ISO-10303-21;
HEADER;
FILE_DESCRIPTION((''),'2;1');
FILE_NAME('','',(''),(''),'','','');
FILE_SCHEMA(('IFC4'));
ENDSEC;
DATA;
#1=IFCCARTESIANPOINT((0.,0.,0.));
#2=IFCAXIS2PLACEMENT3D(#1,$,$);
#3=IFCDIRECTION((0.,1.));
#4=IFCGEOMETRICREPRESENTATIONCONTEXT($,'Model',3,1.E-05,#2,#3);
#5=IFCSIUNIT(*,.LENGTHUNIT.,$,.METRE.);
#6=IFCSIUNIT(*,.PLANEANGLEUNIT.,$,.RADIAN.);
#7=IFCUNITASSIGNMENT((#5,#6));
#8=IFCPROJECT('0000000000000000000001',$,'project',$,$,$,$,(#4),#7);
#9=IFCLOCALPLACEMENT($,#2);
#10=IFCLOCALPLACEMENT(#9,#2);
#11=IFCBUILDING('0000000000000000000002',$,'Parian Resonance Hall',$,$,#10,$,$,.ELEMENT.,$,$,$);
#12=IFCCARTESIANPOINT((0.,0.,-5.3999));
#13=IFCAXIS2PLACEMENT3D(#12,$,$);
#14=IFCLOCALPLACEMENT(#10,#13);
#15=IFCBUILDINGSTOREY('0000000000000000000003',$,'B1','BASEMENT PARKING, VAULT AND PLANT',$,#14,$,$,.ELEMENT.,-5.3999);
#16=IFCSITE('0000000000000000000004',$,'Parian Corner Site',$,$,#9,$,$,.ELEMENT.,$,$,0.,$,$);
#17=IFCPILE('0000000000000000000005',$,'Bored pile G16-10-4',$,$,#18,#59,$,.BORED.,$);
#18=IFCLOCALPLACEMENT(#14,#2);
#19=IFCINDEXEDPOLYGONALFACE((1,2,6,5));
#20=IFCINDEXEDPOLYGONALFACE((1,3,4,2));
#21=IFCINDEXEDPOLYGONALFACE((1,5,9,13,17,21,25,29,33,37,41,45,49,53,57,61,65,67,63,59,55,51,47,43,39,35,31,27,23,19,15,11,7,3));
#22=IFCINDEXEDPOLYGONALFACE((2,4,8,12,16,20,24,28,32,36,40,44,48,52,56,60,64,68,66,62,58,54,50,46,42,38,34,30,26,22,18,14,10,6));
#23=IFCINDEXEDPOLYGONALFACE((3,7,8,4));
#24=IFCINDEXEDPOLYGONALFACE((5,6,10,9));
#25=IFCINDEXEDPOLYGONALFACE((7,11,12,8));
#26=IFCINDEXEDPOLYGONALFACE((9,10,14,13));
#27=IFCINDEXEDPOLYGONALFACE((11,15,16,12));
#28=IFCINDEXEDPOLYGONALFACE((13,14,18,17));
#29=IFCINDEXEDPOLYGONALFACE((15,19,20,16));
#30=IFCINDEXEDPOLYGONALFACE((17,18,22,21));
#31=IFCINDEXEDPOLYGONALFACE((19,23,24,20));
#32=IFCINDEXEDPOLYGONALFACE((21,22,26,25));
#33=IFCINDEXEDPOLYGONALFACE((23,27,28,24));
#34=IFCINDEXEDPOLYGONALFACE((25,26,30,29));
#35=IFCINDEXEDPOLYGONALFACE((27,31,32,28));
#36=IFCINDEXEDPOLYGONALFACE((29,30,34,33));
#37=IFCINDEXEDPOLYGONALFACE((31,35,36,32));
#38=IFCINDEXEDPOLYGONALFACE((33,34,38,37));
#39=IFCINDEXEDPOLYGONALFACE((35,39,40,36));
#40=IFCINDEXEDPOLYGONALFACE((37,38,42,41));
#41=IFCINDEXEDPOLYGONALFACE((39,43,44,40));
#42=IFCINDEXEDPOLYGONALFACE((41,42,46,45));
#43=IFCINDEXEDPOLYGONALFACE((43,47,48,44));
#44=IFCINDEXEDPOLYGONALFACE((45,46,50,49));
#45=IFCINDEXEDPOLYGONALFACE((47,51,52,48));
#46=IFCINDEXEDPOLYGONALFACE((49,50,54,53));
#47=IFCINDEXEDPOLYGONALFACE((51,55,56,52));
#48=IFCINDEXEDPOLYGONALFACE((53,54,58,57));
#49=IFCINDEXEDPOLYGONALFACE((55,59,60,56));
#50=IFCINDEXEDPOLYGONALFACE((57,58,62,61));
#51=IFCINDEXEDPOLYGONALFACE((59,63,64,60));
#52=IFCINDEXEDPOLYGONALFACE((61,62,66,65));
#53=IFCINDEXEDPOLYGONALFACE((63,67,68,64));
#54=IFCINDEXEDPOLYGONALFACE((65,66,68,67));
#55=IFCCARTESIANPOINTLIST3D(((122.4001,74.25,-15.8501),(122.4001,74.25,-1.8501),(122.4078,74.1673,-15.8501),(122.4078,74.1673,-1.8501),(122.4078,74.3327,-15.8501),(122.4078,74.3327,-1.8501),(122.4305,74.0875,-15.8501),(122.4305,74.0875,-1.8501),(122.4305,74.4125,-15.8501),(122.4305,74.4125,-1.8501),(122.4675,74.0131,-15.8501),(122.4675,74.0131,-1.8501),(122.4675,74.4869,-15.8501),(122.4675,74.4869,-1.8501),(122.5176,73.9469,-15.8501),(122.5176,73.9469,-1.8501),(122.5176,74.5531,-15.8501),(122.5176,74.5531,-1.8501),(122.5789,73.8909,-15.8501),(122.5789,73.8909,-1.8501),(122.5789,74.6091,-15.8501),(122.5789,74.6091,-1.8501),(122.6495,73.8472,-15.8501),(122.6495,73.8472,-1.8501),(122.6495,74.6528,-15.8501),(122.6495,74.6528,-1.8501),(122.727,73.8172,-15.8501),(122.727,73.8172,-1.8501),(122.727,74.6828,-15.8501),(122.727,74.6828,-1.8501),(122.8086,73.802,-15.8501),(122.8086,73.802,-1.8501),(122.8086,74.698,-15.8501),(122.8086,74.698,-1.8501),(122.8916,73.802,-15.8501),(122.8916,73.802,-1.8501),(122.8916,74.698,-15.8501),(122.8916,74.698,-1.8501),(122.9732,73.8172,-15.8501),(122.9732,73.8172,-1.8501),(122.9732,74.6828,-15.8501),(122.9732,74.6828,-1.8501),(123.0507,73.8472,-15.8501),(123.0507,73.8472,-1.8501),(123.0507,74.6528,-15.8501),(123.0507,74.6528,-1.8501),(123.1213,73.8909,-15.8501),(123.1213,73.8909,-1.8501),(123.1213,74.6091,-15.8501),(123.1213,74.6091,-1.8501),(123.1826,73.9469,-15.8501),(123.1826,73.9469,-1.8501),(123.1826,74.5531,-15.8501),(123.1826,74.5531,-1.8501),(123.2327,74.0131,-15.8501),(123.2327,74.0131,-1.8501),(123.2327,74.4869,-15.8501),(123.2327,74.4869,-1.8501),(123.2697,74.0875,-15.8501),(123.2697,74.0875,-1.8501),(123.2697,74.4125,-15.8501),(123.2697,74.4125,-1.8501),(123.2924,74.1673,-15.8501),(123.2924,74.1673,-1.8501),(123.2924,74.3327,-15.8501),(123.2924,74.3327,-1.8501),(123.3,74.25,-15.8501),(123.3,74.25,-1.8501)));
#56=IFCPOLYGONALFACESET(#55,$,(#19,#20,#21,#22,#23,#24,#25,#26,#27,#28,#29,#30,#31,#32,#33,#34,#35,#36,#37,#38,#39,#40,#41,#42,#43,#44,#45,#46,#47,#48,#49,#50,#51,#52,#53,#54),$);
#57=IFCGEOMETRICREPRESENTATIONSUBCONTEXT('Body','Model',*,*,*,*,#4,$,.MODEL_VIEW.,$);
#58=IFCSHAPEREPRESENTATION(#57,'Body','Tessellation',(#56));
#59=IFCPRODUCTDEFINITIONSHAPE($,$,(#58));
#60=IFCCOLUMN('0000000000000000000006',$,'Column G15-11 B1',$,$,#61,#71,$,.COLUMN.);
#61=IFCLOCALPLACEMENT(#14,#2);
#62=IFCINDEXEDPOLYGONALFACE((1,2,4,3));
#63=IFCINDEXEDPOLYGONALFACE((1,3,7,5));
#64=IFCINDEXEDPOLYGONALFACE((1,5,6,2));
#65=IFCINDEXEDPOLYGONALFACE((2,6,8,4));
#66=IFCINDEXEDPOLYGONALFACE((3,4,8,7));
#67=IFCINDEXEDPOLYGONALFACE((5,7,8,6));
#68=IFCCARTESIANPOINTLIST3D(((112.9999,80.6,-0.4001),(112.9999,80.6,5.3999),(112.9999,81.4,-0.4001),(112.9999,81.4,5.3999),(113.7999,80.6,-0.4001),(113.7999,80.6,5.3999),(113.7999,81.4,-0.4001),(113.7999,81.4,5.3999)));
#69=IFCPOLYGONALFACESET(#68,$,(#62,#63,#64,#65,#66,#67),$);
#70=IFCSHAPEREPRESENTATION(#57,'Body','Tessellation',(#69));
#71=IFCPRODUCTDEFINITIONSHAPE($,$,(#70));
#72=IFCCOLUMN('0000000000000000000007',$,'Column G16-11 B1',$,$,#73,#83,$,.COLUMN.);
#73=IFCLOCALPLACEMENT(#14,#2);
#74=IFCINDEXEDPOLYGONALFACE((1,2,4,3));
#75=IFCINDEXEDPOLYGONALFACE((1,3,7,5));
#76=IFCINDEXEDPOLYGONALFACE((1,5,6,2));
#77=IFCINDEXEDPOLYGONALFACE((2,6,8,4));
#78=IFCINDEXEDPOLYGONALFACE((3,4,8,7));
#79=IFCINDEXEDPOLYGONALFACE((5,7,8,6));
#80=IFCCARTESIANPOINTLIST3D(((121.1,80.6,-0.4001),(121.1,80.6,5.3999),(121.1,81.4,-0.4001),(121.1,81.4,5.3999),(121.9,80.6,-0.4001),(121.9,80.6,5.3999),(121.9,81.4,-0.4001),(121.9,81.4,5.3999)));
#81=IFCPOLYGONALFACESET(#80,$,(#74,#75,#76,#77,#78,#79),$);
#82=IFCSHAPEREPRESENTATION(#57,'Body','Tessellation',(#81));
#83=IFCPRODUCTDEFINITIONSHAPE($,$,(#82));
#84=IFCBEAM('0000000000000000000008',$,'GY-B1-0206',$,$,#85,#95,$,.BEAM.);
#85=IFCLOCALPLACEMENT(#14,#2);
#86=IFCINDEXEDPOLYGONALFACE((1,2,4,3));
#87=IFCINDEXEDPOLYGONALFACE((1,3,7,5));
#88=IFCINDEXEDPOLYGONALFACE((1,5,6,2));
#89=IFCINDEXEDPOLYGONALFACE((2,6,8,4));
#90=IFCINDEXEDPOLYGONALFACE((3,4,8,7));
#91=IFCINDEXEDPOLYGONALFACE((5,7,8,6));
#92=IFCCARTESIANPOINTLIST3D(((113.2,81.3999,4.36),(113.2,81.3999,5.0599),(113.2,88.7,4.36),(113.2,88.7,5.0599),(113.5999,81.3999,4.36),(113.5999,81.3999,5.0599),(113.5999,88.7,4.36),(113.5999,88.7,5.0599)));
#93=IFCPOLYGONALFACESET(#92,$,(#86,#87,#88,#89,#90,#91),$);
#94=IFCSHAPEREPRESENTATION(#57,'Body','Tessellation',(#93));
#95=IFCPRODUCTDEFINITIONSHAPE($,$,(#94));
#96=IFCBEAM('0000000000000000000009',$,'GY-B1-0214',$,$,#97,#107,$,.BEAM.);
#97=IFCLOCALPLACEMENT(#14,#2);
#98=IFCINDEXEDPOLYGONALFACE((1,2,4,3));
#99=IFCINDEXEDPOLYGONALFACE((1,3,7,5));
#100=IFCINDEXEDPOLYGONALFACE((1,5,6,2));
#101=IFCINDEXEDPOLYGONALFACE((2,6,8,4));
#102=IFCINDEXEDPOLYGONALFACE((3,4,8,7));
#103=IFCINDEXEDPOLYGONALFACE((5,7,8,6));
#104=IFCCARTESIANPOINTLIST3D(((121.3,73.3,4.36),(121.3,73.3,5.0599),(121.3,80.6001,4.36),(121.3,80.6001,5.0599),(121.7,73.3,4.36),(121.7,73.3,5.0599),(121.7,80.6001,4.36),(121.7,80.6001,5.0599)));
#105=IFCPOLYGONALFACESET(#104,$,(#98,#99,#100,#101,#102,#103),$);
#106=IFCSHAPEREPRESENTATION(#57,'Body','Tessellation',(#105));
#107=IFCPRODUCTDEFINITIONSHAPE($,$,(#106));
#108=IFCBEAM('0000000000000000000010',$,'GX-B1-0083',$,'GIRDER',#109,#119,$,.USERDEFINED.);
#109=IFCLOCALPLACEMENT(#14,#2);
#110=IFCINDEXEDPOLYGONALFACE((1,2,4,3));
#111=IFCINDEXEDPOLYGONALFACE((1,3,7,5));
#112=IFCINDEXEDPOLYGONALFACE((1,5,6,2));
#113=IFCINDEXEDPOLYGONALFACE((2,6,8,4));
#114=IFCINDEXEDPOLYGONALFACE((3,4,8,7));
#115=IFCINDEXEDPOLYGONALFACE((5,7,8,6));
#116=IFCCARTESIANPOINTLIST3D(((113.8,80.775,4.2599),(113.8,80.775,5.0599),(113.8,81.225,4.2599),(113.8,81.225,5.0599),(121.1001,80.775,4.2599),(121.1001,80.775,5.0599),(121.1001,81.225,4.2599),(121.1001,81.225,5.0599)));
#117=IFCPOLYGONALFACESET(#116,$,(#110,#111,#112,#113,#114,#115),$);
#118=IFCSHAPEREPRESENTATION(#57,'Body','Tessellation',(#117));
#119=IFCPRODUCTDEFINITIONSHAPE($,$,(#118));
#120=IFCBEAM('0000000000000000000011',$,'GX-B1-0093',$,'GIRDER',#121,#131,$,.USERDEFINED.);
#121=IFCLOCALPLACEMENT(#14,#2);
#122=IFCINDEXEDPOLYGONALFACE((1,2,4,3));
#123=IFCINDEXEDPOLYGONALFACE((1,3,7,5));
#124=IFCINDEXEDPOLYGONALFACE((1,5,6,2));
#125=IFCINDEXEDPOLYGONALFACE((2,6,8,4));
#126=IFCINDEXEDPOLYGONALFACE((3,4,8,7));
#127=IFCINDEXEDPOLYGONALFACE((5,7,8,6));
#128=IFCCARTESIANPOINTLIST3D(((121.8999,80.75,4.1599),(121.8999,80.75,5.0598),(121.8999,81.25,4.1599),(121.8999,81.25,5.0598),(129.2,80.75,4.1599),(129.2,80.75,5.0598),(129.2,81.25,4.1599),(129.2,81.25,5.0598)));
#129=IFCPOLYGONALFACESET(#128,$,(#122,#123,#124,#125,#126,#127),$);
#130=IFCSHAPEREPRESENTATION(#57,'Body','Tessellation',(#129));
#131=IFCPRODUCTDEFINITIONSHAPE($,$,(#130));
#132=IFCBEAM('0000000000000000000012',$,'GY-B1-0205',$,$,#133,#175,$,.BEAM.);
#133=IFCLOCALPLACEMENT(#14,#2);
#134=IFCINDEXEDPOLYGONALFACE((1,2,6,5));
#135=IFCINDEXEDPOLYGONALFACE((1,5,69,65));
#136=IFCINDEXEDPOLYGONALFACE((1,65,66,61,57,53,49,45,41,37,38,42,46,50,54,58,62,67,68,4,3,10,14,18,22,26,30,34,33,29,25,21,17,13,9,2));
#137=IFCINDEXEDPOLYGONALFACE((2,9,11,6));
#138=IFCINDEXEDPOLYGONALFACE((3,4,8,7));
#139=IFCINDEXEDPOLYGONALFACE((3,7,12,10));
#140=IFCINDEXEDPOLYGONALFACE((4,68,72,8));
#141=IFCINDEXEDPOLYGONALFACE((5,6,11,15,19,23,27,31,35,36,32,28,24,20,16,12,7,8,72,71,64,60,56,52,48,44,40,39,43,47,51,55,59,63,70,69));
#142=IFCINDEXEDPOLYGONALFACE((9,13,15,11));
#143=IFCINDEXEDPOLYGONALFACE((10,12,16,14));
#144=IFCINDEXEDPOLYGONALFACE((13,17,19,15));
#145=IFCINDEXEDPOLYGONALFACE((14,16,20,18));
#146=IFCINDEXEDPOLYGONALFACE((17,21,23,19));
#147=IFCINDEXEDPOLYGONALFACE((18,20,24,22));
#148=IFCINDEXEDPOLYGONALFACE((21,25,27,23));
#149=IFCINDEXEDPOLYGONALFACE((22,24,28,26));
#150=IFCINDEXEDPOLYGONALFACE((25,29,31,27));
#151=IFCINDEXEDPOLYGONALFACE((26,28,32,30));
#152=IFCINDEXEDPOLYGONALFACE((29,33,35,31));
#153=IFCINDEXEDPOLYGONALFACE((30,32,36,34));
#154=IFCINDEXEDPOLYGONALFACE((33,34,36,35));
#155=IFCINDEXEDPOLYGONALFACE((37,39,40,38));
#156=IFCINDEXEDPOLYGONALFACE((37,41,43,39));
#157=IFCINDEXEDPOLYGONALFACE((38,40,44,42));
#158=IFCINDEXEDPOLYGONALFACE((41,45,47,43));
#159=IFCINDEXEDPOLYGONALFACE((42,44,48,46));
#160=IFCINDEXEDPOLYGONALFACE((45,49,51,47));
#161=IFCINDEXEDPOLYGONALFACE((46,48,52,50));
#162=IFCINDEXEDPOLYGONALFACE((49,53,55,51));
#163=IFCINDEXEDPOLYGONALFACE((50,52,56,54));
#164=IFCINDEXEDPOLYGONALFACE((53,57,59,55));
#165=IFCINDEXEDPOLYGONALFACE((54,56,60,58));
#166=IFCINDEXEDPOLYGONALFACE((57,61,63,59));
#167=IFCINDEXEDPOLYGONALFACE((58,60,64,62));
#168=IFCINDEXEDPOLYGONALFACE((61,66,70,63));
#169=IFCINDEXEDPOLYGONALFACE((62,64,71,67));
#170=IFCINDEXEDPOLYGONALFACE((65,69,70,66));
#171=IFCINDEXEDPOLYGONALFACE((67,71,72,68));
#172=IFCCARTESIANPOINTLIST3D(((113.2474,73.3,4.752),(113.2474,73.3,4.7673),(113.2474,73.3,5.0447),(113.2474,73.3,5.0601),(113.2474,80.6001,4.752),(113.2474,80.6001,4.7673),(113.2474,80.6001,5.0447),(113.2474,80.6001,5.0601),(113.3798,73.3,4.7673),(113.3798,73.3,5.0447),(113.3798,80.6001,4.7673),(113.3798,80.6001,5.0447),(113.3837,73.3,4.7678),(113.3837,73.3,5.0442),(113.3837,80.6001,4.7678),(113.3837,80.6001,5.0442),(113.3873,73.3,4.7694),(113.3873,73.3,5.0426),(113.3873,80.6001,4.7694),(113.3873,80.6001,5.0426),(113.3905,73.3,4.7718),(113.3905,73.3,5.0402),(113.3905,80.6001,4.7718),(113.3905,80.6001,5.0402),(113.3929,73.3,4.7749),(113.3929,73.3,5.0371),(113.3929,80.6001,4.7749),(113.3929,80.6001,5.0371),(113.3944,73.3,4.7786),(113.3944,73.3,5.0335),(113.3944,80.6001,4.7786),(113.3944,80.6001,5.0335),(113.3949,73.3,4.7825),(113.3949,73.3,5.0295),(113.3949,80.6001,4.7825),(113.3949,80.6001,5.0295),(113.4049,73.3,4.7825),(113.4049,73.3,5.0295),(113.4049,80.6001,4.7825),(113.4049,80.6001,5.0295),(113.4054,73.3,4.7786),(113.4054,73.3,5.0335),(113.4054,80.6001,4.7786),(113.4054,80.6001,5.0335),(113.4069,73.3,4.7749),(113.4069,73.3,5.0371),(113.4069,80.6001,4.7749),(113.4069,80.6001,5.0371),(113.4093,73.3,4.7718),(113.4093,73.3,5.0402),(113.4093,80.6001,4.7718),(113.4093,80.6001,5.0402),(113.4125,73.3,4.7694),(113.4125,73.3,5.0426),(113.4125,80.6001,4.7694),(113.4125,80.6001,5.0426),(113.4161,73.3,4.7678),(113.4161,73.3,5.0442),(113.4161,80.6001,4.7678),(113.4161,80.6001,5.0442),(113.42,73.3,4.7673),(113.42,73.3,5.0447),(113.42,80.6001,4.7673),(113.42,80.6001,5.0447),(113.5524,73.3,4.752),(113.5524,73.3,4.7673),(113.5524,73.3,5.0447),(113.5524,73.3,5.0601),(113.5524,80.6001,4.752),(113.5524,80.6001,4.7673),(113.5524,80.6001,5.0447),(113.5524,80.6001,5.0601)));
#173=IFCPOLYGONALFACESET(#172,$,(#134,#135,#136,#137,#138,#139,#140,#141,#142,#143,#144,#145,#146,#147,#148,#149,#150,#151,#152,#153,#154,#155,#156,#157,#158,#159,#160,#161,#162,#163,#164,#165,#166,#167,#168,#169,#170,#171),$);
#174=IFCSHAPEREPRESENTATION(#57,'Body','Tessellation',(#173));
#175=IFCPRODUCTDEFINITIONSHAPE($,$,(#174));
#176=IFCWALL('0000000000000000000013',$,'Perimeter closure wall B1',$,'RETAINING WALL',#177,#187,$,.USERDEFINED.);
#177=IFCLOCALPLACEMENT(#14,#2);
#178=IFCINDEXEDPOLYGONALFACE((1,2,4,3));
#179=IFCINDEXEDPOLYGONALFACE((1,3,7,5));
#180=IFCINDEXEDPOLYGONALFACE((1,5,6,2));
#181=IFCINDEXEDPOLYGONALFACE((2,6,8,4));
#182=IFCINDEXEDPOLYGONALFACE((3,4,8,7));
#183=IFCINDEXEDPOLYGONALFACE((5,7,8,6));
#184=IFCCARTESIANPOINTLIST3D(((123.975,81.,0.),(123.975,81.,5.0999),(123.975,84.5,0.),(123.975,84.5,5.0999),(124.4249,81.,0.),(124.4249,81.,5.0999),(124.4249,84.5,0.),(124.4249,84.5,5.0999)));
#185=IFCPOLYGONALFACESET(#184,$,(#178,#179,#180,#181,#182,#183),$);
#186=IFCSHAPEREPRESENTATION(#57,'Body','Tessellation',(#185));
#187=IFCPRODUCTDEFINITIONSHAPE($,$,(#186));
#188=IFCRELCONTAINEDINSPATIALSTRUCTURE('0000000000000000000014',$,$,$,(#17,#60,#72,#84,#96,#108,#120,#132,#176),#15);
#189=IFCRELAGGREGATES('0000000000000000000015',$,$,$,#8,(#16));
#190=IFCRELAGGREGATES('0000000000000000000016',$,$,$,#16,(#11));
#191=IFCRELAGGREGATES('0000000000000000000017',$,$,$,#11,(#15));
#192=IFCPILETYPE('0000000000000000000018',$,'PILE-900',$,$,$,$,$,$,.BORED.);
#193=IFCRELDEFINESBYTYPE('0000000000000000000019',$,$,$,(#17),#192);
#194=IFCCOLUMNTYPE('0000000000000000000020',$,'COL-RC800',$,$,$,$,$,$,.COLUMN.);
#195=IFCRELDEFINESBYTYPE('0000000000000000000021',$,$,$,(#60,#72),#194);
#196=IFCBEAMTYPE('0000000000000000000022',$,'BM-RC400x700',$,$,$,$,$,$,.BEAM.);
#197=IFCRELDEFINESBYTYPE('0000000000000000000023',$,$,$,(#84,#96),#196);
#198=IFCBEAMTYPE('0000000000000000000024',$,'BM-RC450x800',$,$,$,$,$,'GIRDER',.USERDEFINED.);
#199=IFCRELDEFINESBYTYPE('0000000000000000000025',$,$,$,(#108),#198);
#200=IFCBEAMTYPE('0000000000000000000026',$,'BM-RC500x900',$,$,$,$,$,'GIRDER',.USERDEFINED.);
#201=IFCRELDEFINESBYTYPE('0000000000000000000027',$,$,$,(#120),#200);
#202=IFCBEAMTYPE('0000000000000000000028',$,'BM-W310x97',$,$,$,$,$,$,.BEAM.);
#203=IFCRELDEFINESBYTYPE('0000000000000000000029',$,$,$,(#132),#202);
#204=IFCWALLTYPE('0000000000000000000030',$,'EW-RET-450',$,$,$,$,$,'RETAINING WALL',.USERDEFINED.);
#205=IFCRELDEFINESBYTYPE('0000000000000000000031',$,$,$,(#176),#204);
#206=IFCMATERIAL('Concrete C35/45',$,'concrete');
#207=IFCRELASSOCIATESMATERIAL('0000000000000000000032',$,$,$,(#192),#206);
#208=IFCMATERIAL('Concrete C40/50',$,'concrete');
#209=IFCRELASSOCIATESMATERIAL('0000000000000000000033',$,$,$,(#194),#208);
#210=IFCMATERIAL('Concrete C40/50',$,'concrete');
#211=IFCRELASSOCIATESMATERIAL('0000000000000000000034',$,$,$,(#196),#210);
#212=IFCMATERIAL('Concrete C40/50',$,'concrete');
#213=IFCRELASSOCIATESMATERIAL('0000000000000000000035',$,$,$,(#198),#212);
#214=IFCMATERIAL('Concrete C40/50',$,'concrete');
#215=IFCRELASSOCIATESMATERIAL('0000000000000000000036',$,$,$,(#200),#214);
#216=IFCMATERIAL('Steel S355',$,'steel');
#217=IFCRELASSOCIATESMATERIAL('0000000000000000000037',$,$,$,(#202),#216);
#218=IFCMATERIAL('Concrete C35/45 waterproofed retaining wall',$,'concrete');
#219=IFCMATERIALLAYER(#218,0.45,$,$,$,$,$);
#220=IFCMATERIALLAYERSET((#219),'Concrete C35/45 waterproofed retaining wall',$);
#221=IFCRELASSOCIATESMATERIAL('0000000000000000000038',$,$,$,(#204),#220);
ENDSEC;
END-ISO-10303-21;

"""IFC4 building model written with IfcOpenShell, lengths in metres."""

from ifc_helpers import new_model, si_unit, direction, frame, frame_2d, origin, origin_2d, place, context, subcontext, project, spatial, rectangle, circle, i_section, extrude, material, layer, layer_set, material_profile, profile_set, type_object, element, save


model = new_model("IFC4")

# Units and contexts
model_context = context("Model", 3, precision=1e-05, world=origin(), true_north=direction((0.0, 1.0)))
body_context = subcontext(model_context, "Body", "Model", "MODEL_VIEW")
ifc_project = project(units=[si_unit("LENGTHUNIT", "METRE"), si_unit("PLANEANGLEUNIT", "RADIAN")], contexts=[model_context])

# Site, building, storey
site_placement = place(None, origin())
site = spatial("IfcSite", under=ifc_project, at=site_placement, Name="Parian Corner Site", CompositionType="ELEMENT", RefElevation=0.0)
building_placement = place(site_placement, origin())
building = spatial("IfcBuilding", under=site, at=building_placement, Name="Parian Resonance Hall", CompositionType="ELEMENT")
storey_placement = place(building_placement, frame((0.0, 0.0, -5.3999)))
storey = spatial("IfcBuildingStorey", under=building, at=storey_placement, Name="B1", Description="BASEMENT PARKING, VAULT AND PLANT", CompositionType="ELEMENT", Elevation=-5.3999)

# Pile
ifc_material_1 = material(Name="Concrete C35/45", Category="concrete")
ifc_material_profile_1 = material_profile(ifc_material_1, circle(Radius=0.45, at=origin_2d()), Name="PILE-D900")
ifc_profile_set_1 = profile_set([ifc_material_profile_1], Name="Concrete C35/45")
pile_type_1 = type_object("IfcPileType", Name="PILE-900", PredefinedType="BORED", material=ifc_profile_set_1)
for number, where, z_axis, x_axis, name in (
    (1, (122.8501, 74.25, -1.8501), (0.0, 0.0, -1.0), (1.0, 0.0, 0.0), "Bored pile G16-10-4"),
):
    element("IfcPile", number, at=place(storey_placement, frame(where, z_axis=z_axis, x_axis=x_axis)), inside=storey, type_object=pile_type_1, Name=name, PredefinedType="BORED", context=body_context, shape_type="SweptSolid", body=[
        extrude(circle(Radius=0.45, at=origin_2d()), origin(), (0.0, 0.0, 1.0), 14.0),
    ])

# Columns
ifc_material_2 = material(Name="Concrete C40/50", Category="concrete")
ifc_material_profile_2 = material_profile(ifc_material_2, rectangle(XDim=0.8, YDim=0.8, at=origin_2d()), Name="RC-COL-800x800")
ifc_profile_set_2 = profile_set([ifc_material_profile_2], Name="Concrete C40/50")
column_type = type_object("IfcColumnType", Name="COL-RC800", PredefinedType="COLUMN", material=ifc_profile_set_2)
for number, where, z_axis, x_axis, name in (
    (2, (113.3999, 81.0, -0.4001), (0.0, 0.0, 1.0), (1.0, 0.0, 0.0), "Column G15-11 B1"),
    (3, (121.5, 81.0, -0.4001), (0.0, 0.0, 1.0), (1.0, 0.0, 0.0), "Column G16-11 B1"),
):
    element("IfcColumn", number, at=place(storey_placement, frame(where, z_axis=z_axis, x_axis=x_axis)), inside=storey, type_object=column_type, Name=name, PredefinedType="COLUMN", context=body_context, shape_type="SweptSolid", body=[
        extrude(rectangle(XDim=0.8, YDim=0.8, at=origin_2d()), origin(), (0.0, 0.0, 1.0), 5.8),
    ])

# Beams
ifc_material_3 = material(Name="Concrete C40/50", Category="concrete")
ifc_material_profile_3 = material_profile(ifc_material_3, rectangle(XDim=0.3999, YDim=0.7, at=origin_2d()), Name="RC-BM-400x700")
ifc_profile_set_3 = profile_set([ifc_material_profile_3], Name="Concrete C40/50")
beam_type_1 = type_object("IfcBeamType", Name="BM-RC400x700", PredefinedType="BEAM", material=ifc_profile_set_3)
for number, where, z_axis, x_axis, name in (
    (4, (113.3999, 81.3999, 4.71), (0.0, 1.0, 0.0), (-1.0, 0.0, 0.0), "GY-B1-0206"),
    (5, (121.5, 73.3, 4.71), (0.0, 1.0, 0.0), (-1.0, 0.0, 0.0), "GY-B1-0214"),
):
    element("IfcBeam", number, at=place(storey_placement, frame(where, z_axis=z_axis, x_axis=x_axis)), inside=storey, type_object=beam_type_1, Name=name, PredefinedType="BEAM", context=body_context, shape_type="SweptSolid", body=[
        extrude(rectangle(XDim=0.3999, YDim=0.7, at=origin_2d()), origin(), (0.0, 0.0, 1.0), 7.3),
    ])
ifc_material_4 = material(Name="Concrete C40/50", Category="concrete")
ifc_material_profile_4 = material_profile(ifc_material_4, rectangle(XDim=0.45, YDim=0.8, at=origin_2d()), Name="RC-BM-450x800")
ifc_profile_set_4 = profile_set([ifc_material_profile_4], Name="Concrete C40/50")
beam_type_2 = type_object("IfcBeamType", Name="BM-RC450x800", ElementType="GIRDER", PredefinedType="USERDEFINED", material=ifc_profile_set_4)
beam_1_placement = place(storey_placement, frame((113.8, 81.0, 4.6599), z_axis=(1.0, 0.0, 0.0), x_axis=(0.0, 1.0, 0.0)))
element("IfcBeam", 6, at=beam_1_placement, inside=storey, type_object=beam_type_2, Name="GX-B1-0083", ObjectType="GIRDER", PredefinedType="USERDEFINED", context=body_context, shape_type="SweptSolid", body=[
    extrude(rectangle(XDim=0.45, YDim=0.8, at=origin_2d()), origin(), (0.0, 0.0, 1.0), 7.3),
])
ifc_material_5 = material(Name="Concrete C40/50", Category="concrete")
ifc_material_profile_5 = material_profile(ifc_material_5, rectangle(XDim=0.5, YDim=0.8999, at=origin_2d()), Name="RC-BM-500x900")
ifc_profile_set_5 = profile_set([ifc_material_profile_5], Name="Concrete C40/50")
beam_type_3 = type_object("IfcBeamType", Name="BM-RC500x900", ElementType="GIRDER", PredefinedType="USERDEFINED", material=ifc_profile_set_5)
beam_2_placement = place(storey_placement, frame((121.8999, 81.0, 4.6099), z_axis=(1.0, 0.0, 0.0), x_axis=(0.0, 1.0, 0.0)))
element("IfcBeam", 7, at=beam_2_placement, inside=storey, type_object=beam_type_3, Name="GX-B1-0093", ObjectType="GIRDER", PredefinedType="USERDEFINED", context=body_context, shape_type="SweptSolid", body=[
    extrude(rectangle(XDim=0.5, YDim=0.8999, at=origin_2d()), origin(), (0.0, 0.0, 1.0), 7.3),
])
ifc_material_6 = material(Name="Steel S355", Category="steel")
ifc_material_profile_6 = material_profile(ifc_material_6, i_section(OverallWidth=0.3049, OverallDepth=0.3081, WebThickness=0.01, FlangeThickness=0.0154, FilletRadius=0.0151, at=origin_2d()), Name="W310x97")
ifc_profile_set_6 = profile_set([ifc_material_profile_6], Name="Steel S355")
beam_type_4 = type_object("IfcBeamType", Name="BM-W310x97", PredefinedType="BEAM", material=ifc_profile_set_6)
beam_3_placement = place(storey_placement, frame((113.3999, 73.3, 4.906), z_axis=(0.0, 1.0, 0.0), x_axis=(-1.0, 0.0, 0.0)))
element("IfcBeam", 8, at=beam_3_placement, inside=storey, type_object=beam_type_4, Name="GY-B1-0205", PredefinedType="BEAM", context=body_context, shape_type="SweptSolid", body=[
    extrude(i_section(OverallWidth=0.3049, OverallDepth=0.3081, WebThickness=0.01, FlangeThickness=0.0154, FilletRadius=0.0151, at=origin_2d()), origin(), (0.0, 0.0, 1.0), 7.3),
])

# Wall
ifc_material_7 = material(Name="Concrete C35/45 waterproofed retaining wall", Category="concrete")
ifc_layer_1 = layer(ifc_material_7, 0.45)
ifc_layer_set_1 = layer_set([ifc_layer_1], Name="Concrete C35/45 waterproofed retaining wall")
wall_type_1 = type_object("IfcWallType", Name="EW-RET-450", ElementType="RETAINING WALL", PredefinedType="USERDEFINED", material=ifc_layer_set_1)
wall_1_placement = place(storey_placement, frame((124.2, 81.0, 0.0), z_axis=(0.0, 0.0, 1.0), x_axis=(0.0, 1.0, 0.0)))
element("IfcWall", 9, at=wall_1_placement, inside=storey, type_object=wall_type_1, Name="Perimeter closure wall B1", ObjectType="RETAINING WALL", PredefinedType="USERDEFINED", context=body_context, shape_type="SweptSolid", body=[
    extrude(rectangle(XDim=3.5, YDim=0.45, at=frame_2d((1.75, 0.0))), origin(), (0.0, 0.0, 1.0), 5.0999),
])

save(model, "model.ifc")
